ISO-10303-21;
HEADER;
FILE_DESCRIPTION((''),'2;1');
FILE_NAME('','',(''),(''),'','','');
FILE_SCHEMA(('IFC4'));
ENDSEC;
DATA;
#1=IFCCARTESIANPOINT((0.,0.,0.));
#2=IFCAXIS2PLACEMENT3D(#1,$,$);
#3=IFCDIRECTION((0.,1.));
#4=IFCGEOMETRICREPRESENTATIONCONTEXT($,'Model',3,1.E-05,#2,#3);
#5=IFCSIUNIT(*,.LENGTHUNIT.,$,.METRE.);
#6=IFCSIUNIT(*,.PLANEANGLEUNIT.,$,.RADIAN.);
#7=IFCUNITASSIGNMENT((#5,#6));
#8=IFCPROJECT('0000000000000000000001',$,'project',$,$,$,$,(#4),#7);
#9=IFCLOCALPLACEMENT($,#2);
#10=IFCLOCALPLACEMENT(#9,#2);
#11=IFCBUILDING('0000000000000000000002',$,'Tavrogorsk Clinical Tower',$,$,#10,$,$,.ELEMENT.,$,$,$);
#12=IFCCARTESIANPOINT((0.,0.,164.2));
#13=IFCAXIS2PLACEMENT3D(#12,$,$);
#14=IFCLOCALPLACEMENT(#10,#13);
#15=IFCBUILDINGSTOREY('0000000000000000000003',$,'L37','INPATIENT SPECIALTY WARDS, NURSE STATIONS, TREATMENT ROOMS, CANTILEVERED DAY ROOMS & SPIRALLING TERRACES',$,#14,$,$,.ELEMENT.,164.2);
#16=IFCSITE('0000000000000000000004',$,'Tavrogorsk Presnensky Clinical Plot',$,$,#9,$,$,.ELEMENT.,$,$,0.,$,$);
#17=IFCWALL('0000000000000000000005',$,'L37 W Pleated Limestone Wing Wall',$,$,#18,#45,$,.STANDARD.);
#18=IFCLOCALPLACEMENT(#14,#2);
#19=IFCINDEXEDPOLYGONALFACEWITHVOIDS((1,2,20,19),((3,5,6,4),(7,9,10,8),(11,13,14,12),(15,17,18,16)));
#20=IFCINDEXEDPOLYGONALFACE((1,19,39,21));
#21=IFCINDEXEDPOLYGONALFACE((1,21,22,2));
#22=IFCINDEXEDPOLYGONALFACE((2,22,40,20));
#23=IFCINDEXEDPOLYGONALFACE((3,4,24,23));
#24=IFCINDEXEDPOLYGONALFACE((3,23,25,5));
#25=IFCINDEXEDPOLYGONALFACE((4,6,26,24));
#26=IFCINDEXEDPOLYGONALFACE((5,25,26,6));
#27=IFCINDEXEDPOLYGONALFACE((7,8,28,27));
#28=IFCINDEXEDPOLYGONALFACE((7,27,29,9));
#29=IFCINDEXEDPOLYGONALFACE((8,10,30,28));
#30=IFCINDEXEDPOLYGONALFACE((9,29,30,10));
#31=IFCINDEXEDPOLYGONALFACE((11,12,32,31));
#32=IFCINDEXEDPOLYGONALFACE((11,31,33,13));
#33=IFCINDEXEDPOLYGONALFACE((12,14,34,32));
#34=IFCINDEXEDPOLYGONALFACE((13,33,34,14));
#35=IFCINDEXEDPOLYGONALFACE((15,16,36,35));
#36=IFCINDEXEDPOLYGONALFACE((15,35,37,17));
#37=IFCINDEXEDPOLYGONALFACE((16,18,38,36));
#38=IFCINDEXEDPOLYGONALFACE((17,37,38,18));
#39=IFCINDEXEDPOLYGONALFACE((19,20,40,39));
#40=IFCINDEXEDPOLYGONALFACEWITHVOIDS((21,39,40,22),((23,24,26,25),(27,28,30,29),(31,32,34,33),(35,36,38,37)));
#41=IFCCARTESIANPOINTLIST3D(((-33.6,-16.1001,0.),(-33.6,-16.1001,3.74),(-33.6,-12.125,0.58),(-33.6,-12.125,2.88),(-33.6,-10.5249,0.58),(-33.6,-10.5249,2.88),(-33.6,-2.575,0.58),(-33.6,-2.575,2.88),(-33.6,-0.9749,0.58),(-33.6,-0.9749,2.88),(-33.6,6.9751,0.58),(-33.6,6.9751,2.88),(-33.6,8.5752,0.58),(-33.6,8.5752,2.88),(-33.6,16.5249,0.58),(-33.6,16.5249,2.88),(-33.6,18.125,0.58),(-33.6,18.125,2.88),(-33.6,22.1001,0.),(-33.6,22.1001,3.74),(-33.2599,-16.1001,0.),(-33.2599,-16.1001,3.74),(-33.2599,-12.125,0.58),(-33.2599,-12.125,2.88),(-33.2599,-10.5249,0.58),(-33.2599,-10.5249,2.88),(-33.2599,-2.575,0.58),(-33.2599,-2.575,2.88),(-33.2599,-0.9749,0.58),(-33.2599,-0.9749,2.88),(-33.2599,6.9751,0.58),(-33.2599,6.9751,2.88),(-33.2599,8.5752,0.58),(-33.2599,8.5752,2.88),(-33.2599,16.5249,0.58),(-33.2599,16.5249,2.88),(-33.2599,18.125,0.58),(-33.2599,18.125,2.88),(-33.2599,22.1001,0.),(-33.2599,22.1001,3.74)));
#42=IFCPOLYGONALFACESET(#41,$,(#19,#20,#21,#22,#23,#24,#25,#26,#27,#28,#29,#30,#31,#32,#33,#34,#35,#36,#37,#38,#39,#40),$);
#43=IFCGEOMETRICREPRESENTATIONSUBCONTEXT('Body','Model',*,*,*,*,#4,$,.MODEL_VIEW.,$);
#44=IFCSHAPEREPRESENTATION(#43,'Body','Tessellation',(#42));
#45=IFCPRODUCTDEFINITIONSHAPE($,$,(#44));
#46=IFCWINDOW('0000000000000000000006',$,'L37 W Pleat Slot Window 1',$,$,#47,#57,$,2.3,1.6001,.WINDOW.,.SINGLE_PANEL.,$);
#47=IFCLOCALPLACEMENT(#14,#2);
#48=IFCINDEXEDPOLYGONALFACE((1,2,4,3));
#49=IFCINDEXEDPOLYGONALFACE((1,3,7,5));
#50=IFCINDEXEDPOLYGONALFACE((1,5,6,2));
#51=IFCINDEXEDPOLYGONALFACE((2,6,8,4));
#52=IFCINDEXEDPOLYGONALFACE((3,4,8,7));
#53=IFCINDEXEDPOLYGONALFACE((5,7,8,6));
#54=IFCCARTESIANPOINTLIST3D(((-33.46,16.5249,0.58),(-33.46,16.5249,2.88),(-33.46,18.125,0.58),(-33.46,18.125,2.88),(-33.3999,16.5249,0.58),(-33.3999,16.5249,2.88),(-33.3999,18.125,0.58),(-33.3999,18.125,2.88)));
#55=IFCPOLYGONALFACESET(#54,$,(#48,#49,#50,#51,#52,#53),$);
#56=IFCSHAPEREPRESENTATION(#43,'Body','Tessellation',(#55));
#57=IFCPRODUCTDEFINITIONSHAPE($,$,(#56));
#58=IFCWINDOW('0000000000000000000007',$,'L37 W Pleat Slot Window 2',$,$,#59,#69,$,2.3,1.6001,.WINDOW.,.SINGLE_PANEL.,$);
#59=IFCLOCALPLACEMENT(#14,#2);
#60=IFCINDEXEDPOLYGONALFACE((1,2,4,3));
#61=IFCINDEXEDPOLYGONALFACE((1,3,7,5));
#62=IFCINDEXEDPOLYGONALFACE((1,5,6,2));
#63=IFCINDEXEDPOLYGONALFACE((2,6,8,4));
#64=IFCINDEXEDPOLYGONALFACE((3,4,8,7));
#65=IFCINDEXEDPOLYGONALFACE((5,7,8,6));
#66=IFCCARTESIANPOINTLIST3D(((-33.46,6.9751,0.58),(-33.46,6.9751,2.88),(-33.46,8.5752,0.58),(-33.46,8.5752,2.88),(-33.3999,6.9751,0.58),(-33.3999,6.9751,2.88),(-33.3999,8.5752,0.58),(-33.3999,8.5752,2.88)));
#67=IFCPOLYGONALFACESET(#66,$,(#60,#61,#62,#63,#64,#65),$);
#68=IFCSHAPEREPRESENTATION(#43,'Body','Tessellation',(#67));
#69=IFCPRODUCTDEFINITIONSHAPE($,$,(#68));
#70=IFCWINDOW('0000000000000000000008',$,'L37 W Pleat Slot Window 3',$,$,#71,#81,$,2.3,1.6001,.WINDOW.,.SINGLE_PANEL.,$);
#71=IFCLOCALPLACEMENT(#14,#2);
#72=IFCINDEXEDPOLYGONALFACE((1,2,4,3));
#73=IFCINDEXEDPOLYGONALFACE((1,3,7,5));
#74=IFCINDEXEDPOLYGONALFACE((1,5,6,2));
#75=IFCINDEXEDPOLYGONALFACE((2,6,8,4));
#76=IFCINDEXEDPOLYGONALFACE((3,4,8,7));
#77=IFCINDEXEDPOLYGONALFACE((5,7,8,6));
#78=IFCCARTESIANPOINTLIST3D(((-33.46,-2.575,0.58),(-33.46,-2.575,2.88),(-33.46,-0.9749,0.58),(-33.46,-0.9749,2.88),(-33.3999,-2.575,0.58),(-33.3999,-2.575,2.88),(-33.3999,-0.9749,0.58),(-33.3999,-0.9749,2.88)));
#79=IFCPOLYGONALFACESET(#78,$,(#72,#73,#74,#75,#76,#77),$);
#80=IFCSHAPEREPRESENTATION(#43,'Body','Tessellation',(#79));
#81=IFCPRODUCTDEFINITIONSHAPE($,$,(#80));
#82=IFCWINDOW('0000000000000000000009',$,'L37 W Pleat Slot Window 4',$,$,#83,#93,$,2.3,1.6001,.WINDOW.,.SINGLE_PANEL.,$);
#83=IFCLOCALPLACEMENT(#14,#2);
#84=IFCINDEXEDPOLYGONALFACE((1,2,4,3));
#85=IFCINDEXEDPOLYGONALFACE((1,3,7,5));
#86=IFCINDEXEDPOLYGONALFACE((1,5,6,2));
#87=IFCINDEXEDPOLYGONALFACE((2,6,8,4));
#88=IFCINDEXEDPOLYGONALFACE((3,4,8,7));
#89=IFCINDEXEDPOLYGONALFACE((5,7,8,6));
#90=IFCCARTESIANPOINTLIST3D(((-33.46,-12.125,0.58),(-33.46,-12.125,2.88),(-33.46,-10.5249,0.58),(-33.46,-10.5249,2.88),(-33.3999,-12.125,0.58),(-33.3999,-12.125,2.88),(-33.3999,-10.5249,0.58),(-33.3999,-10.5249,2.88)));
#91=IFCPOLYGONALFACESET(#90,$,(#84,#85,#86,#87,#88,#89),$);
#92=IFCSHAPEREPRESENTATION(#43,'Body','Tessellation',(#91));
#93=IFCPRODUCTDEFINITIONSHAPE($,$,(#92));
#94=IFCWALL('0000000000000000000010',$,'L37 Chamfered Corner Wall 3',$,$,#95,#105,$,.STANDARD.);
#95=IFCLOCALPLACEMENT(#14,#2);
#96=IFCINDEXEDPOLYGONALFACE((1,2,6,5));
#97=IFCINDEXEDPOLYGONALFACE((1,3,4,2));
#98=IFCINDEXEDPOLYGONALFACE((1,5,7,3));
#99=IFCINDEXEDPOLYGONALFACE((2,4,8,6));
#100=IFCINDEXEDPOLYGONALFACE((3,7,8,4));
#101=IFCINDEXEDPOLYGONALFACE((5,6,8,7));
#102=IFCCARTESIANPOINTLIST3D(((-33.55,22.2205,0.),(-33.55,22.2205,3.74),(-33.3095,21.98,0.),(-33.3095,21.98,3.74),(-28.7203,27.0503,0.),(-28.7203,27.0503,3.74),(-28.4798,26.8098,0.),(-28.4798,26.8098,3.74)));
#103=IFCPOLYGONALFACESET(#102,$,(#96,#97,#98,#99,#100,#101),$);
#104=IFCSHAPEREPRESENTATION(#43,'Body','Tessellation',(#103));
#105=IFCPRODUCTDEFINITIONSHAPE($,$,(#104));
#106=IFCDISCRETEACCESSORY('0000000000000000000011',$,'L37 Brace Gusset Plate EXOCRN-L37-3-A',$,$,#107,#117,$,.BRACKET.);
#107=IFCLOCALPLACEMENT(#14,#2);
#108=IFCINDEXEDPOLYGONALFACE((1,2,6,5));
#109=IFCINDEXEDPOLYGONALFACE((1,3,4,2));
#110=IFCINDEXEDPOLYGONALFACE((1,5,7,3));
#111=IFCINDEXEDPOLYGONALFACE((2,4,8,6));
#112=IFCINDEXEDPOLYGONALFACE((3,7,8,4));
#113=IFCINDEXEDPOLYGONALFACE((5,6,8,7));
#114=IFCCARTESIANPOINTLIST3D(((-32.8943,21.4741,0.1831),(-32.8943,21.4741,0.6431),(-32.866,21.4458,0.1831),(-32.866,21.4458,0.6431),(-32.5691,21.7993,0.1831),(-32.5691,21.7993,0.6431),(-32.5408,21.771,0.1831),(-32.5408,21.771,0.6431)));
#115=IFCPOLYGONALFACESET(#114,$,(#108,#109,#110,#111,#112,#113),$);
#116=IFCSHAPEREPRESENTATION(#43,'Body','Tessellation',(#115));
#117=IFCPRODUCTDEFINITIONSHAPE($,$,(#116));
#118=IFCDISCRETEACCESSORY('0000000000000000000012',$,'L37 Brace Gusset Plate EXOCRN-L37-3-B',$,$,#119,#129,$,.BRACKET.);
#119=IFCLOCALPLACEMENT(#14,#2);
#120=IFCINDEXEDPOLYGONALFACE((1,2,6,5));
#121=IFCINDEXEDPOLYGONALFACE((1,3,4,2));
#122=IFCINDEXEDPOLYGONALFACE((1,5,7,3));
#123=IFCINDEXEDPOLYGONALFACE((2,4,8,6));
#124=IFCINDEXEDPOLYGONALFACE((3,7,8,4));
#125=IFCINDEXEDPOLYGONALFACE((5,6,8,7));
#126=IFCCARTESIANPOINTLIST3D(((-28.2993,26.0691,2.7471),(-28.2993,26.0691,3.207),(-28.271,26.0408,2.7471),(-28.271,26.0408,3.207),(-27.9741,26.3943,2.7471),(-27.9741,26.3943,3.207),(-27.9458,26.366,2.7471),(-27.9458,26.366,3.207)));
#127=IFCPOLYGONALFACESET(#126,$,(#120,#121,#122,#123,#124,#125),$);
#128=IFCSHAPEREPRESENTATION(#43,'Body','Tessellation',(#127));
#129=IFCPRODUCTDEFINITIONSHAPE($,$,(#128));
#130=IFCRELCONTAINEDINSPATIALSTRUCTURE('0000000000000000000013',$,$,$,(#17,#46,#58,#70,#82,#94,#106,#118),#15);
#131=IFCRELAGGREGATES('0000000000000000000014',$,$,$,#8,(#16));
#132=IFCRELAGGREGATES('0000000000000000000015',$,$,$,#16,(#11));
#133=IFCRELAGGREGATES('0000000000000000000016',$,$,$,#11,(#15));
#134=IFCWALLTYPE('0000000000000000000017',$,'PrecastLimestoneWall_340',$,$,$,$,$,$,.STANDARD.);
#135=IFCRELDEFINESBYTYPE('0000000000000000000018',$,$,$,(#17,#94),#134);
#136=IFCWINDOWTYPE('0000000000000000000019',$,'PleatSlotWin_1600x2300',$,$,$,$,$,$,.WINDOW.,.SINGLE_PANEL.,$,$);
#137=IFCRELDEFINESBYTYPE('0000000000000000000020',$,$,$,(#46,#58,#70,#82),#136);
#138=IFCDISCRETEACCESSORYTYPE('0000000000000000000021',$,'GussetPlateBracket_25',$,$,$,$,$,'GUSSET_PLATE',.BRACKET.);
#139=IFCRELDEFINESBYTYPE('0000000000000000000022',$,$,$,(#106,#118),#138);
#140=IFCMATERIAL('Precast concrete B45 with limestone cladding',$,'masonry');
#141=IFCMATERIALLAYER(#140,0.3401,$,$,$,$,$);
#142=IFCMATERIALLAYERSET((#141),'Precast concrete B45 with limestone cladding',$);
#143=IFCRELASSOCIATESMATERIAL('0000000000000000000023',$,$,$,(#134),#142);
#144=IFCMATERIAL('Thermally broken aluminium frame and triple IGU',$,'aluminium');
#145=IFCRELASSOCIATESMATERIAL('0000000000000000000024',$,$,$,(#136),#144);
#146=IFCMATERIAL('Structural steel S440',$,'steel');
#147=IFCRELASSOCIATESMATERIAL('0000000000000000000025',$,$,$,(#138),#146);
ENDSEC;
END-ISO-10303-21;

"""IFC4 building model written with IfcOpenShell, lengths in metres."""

from ifc_helpers import new_model, si_unit, direction, frame, frame_2d, origin, origin_2d, place, context, subcontext, project, spatial, rectangle, extrude, material, layer, layer_set, type_object, element, fill, save


model = new_model("IFC4")

# Units and contexts
model_context = context("Model", 3, precision=1e-05, world=origin(), true_north=direction((0.0, 1.0)))
body_context = subcontext(model_context, "Body", "Model", "MODEL_VIEW")
ifc_project = project(units=[si_unit("LENGTHUNIT", "METRE"), si_unit("PLANEANGLEUNIT", "RADIAN")], contexts=[model_context])

# Site, building, storey
site_placement = place(None, origin())
site = spatial("IfcSite", under=ifc_project, at=site_placement, Name="Tavrogorsk Presnensky Clinical Plot", CompositionType="ELEMENT", RefElevation=0.0)
building_placement = place(site_placement, origin())
building = spatial("IfcBuilding", under=site, at=building_placement, Name="Tavrogorsk Clinical Tower", CompositionType="ELEMENT")
storey_placement = place(building_placement, frame((0.0, 0.0, 164.2)))
storey = spatial("IfcBuildingStorey", under=building, at=storey_placement, Name="L37", Description="INPATIENT SPECIALTY WARDS, NURSE STATIONS, TREATMENT ROOMS, CANTILEVERED DAY ROOMS & SPIRALLING TERRACES", CompositionType="ELEMENT", Elevation=164.2)

# Wall, openings, windows
ifc_material_1 = material(Name="Precast concrete B45 with limestone cladding", Category="masonry")
ifc_layer_1 = layer(ifc_material_1, 0.3401)
ifc_layer_set_1 = layer_set([ifc_layer_1], Name="Precast concrete B45 with limestone cladding")
wall_type_1 = type_object("IfcWallType", Name="PrecastLimestoneWall_340", PredefinedType="STANDARD", material=ifc_layer_set_1)
wall_1_placement = place(storey_placement, frame((-33.4299, 22.1001, 0.0), z_axis=(0.0, 0.0, 1.0), x_axis=(0.0, -1.0, 0.0)))
wall_1 = element("IfcWall", 1, at=wall_1_placement, inside=storey, type_object=wall_type_1, Name="L37 W Pleated Limestone Wing Wall", PredefinedType="STANDARD", context=body_context, shape_type="SweptSolid", body=[
    extrude(rectangle(XDim=38.2002, YDim=0.3401, at=frame_2d((19.1001, 0.0))), origin(), (0.0, 0.0, 1.0), 3.74),
])
opening_1_placement = place(wall_1_placement, frame((3.9751, 0.0, 0.5801)))
opening_1 = element("IfcOpeningElement", 2, at=opening_1_placement, cuts=wall_1, PredefinedType="OPENING", context=body_context, shape_type="SweptSolid", body=[
    extrude(rectangle(XDim=1.6001, YDim=2.3, at=frame_2d((0.8, 1.1499))), frame((0.0, 0.1799, 0.0), z_axis=(0.0, -1.0, 0.0), x_axis=(1.0, 0.0, 0.0)), (0.0, 0.0, 1.0), 0.3601),
])
opening_2_placement = place(wall_1_placement, frame((13.5249, 0.0, 0.5801)))
opening_2 = element("IfcOpeningElement", 3, at=opening_2_placement, cuts=wall_1, PredefinedType="OPENING", context=body_context, shape_type="SweptSolid", body=[
    extrude(rectangle(XDim=1.6001, YDim=2.3, at=frame_2d((0.8, 1.1499))), frame((0.0, 0.1799, 0.0), z_axis=(0.0, -1.0, 0.0), x_axis=(1.0, 0.0, 0.0)), (0.0, 0.0, 1.0), 0.3601),
])
opening_3_placement = place(wall_1_placement, frame((23.075, 0.0, 0.5801)))
opening_3 = element("IfcOpeningElement", 4, at=opening_3_placement, cuts=wall_1, PredefinedType="OPENING", context=body_context, shape_type="SweptSolid", body=[
    extrude(rectangle(XDim=1.6001, YDim=2.3, at=frame_2d((0.8, 1.1499))), frame((0.0, 0.1799, 0.0), z_axis=(0.0, -1.0, 0.0), x_axis=(1.0, 0.0, 0.0)), (0.0, 0.0, 1.0), 0.3601),
])
opening_4_placement = place(wall_1_placement, frame((32.625, 0.0, 0.5801)))
opening_4 = element("IfcOpeningElement", 5, at=opening_4_placement, cuts=wall_1, PredefinedType="OPENING", context=body_context, shape_type="SweptSolid", body=[
    extrude(rectangle(XDim=1.6001, YDim=2.3, at=frame_2d((0.8, 1.1499))), frame((0.0, 0.1799, 0.0), z_axis=(0.0, -1.0, 0.0), x_axis=(1.0, 0.0, 0.0)), (0.0, 0.0, 1.0), 0.3601),
])
ifc_material_2 = material(Name="Thermally broken aluminium frame and triple IGU", Category="aluminium")
window_type = type_object("IfcWindowType", Name="PleatSlotWin_1600x2300", PartitioningType="SINGLE_PANEL", PredefinedType="WINDOW", material=ifc_material_2)
window_1_placement = place(opening_1_placement, origin())
window_1 = element("IfcWindow", 6, at=window_1_placement, inside=storey, type_object=window_type, Name="L37 W Pleat Slot Window 1", OverallHeight=2.3, OverallWidth=1.6001, PartitioningType="SINGLE_PANEL", PredefinedType="WINDOW", context=body_context, shape_type="SweptSolid", body=[
    extrude(rectangle(XDim=1.6001, YDim=2.3, at=frame_2d((0.8, 1.1499))), frame((0.0, 0.03, 0.0), z_axis=(0.0, -1.0, 0.0), x_axis=(1.0, 0.0, 0.0)), (0.0, 0.0, 1.0), 0.0601),
])
fill(opening_1, window_1)
window_2_placement = place(opening_2_placement, origin())
window_2 = element("IfcWindow", 7, at=window_2_placement, inside=storey, type_object=window_type, Name="L37 W Pleat Slot Window 2", OverallHeight=2.3, OverallWidth=1.6001, PartitioningType="SINGLE_PANEL", PredefinedType="WINDOW", context=body_context, shape_type="SweptSolid", body=[
    extrude(rectangle(XDim=1.6001, YDim=2.3, at=frame_2d((0.8, 1.1499))), frame((0.0, 0.03, 0.0), z_axis=(0.0, -1.0, 0.0), x_axis=(1.0, 0.0, 0.0)), (0.0, 0.0, 1.0), 0.0601),
])
fill(opening_2, window_2)
window_3_placement = place(opening_3_placement, origin())
window_3 = element("IfcWindow", 8, at=window_3_placement, inside=storey, type_object=window_type, Name="L37 W Pleat Slot Window 3", OverallHeight=2.3, OverallWidth=1.6001, PartitioningType="SINGLE_PANEL", PredefinedType="WINDOW", context=body_context, shape_type="SweptSolid", body=[
    extrude(rectangle(XDim=1.6001, YDim=2.3, at=frame_2d((0.8, 1.1499))), frame((0.0, 0.03, 0.0), z_axis=(0.0, -1.0, 0.0), x_axis=(1.0, 0.0, 0.0)), (0.0, 0.0, 1.0), 0.0601),
])
fill(opening_3, window_3)
window_4_placement = place(opening_4_placement, origin())
window_4 = element("IfcWindow", 9, at=window_4_placement, inside=storey, type_object=window_type, Name="L37 W Pleat Slot Window 4", OverallHeight=2.3, OverallWidth=1.6001, PartitioningType="SINGLE_PANEL", PredefinedType="WINDOW", context=body_context, shape_type="SweptSolid", body=[
    extrude(rectangle(XDim=1.6001, YDim=2.3, at=frame_2d((0.8, 1.1499))), frame((0.0, 0.03, 0.0), z_axis=(0.0, -1.0, 0.0), x_axis=(1.0, 0.0, 0.0)), (0.0, 0.0, 1.0), 0.0601),
])
fill(opening_4, window_4)

# Wall
wall_2_placement = place(storey_placement, frame((-28.6001, 26.9299, 0.0), z_axis=(0.0, 0.0, 1.0), x_axis=(-0.707107, -0.707107, 0.0)))
element("IfcWall", 10, at=wall_2_placement, inside=storey, type_object=wall_type_1, Name="L37 Chamfered Corner Wall 3", PredefinedType="STANDARD", context=body_context, shape_type="SweptSolid", body=[
    extrude(rectangle(XDim=6.8303, YDim=0.3401, at=frame_2d((3.415, 0.0))), origin(), (0.0, 0.0, 1.0), 3.74),
])

# Discrete accessories
ifc_material_3 = material(Name="Structural steel S440", Category="steel")
discrete_accessory_type = type_object("IfcDiscreteAccessoryType", Name="GussetPlateBracket_25", ElementType="GUSSET_PLATE", PredefinedType="BRACKET", material=ifc_material_3)
for number, where, z_axis, x_axis, name in (
    (11, (-32.7175, 21.6226, 0.1831), (0.0, 0.0, 1.0), (0.707107, 0.707107, 0.0), "L37 Brace Gusset Plate EXOCRN-L37-3-A"),
    (12, (-28.1226, 26.2175, 2.7471), (0.0, 0.0, 1.0), (0.707107, 0.707107, 0.0), "L37 Brace Gusset Plate EXOCRN-L37-3-B"),
):
    element("IfcDiscreteAccessory", number, at=place(storey_placement, frame(where, z_axis=z_axis, x_axis=x_axis)), inside=storey, type_object=discrete_accessory_type, Name=name, PredefinedType="BRACKET", context=body_context, shape_type="SweptSolid", body=[
        extrude(rectangle(XDim=0.46, YDim=0.04, at=origin_2d()), origin(), (0.0, 0.0, 1.0), 0.46),
    ])

save(model, "model.ifc")
